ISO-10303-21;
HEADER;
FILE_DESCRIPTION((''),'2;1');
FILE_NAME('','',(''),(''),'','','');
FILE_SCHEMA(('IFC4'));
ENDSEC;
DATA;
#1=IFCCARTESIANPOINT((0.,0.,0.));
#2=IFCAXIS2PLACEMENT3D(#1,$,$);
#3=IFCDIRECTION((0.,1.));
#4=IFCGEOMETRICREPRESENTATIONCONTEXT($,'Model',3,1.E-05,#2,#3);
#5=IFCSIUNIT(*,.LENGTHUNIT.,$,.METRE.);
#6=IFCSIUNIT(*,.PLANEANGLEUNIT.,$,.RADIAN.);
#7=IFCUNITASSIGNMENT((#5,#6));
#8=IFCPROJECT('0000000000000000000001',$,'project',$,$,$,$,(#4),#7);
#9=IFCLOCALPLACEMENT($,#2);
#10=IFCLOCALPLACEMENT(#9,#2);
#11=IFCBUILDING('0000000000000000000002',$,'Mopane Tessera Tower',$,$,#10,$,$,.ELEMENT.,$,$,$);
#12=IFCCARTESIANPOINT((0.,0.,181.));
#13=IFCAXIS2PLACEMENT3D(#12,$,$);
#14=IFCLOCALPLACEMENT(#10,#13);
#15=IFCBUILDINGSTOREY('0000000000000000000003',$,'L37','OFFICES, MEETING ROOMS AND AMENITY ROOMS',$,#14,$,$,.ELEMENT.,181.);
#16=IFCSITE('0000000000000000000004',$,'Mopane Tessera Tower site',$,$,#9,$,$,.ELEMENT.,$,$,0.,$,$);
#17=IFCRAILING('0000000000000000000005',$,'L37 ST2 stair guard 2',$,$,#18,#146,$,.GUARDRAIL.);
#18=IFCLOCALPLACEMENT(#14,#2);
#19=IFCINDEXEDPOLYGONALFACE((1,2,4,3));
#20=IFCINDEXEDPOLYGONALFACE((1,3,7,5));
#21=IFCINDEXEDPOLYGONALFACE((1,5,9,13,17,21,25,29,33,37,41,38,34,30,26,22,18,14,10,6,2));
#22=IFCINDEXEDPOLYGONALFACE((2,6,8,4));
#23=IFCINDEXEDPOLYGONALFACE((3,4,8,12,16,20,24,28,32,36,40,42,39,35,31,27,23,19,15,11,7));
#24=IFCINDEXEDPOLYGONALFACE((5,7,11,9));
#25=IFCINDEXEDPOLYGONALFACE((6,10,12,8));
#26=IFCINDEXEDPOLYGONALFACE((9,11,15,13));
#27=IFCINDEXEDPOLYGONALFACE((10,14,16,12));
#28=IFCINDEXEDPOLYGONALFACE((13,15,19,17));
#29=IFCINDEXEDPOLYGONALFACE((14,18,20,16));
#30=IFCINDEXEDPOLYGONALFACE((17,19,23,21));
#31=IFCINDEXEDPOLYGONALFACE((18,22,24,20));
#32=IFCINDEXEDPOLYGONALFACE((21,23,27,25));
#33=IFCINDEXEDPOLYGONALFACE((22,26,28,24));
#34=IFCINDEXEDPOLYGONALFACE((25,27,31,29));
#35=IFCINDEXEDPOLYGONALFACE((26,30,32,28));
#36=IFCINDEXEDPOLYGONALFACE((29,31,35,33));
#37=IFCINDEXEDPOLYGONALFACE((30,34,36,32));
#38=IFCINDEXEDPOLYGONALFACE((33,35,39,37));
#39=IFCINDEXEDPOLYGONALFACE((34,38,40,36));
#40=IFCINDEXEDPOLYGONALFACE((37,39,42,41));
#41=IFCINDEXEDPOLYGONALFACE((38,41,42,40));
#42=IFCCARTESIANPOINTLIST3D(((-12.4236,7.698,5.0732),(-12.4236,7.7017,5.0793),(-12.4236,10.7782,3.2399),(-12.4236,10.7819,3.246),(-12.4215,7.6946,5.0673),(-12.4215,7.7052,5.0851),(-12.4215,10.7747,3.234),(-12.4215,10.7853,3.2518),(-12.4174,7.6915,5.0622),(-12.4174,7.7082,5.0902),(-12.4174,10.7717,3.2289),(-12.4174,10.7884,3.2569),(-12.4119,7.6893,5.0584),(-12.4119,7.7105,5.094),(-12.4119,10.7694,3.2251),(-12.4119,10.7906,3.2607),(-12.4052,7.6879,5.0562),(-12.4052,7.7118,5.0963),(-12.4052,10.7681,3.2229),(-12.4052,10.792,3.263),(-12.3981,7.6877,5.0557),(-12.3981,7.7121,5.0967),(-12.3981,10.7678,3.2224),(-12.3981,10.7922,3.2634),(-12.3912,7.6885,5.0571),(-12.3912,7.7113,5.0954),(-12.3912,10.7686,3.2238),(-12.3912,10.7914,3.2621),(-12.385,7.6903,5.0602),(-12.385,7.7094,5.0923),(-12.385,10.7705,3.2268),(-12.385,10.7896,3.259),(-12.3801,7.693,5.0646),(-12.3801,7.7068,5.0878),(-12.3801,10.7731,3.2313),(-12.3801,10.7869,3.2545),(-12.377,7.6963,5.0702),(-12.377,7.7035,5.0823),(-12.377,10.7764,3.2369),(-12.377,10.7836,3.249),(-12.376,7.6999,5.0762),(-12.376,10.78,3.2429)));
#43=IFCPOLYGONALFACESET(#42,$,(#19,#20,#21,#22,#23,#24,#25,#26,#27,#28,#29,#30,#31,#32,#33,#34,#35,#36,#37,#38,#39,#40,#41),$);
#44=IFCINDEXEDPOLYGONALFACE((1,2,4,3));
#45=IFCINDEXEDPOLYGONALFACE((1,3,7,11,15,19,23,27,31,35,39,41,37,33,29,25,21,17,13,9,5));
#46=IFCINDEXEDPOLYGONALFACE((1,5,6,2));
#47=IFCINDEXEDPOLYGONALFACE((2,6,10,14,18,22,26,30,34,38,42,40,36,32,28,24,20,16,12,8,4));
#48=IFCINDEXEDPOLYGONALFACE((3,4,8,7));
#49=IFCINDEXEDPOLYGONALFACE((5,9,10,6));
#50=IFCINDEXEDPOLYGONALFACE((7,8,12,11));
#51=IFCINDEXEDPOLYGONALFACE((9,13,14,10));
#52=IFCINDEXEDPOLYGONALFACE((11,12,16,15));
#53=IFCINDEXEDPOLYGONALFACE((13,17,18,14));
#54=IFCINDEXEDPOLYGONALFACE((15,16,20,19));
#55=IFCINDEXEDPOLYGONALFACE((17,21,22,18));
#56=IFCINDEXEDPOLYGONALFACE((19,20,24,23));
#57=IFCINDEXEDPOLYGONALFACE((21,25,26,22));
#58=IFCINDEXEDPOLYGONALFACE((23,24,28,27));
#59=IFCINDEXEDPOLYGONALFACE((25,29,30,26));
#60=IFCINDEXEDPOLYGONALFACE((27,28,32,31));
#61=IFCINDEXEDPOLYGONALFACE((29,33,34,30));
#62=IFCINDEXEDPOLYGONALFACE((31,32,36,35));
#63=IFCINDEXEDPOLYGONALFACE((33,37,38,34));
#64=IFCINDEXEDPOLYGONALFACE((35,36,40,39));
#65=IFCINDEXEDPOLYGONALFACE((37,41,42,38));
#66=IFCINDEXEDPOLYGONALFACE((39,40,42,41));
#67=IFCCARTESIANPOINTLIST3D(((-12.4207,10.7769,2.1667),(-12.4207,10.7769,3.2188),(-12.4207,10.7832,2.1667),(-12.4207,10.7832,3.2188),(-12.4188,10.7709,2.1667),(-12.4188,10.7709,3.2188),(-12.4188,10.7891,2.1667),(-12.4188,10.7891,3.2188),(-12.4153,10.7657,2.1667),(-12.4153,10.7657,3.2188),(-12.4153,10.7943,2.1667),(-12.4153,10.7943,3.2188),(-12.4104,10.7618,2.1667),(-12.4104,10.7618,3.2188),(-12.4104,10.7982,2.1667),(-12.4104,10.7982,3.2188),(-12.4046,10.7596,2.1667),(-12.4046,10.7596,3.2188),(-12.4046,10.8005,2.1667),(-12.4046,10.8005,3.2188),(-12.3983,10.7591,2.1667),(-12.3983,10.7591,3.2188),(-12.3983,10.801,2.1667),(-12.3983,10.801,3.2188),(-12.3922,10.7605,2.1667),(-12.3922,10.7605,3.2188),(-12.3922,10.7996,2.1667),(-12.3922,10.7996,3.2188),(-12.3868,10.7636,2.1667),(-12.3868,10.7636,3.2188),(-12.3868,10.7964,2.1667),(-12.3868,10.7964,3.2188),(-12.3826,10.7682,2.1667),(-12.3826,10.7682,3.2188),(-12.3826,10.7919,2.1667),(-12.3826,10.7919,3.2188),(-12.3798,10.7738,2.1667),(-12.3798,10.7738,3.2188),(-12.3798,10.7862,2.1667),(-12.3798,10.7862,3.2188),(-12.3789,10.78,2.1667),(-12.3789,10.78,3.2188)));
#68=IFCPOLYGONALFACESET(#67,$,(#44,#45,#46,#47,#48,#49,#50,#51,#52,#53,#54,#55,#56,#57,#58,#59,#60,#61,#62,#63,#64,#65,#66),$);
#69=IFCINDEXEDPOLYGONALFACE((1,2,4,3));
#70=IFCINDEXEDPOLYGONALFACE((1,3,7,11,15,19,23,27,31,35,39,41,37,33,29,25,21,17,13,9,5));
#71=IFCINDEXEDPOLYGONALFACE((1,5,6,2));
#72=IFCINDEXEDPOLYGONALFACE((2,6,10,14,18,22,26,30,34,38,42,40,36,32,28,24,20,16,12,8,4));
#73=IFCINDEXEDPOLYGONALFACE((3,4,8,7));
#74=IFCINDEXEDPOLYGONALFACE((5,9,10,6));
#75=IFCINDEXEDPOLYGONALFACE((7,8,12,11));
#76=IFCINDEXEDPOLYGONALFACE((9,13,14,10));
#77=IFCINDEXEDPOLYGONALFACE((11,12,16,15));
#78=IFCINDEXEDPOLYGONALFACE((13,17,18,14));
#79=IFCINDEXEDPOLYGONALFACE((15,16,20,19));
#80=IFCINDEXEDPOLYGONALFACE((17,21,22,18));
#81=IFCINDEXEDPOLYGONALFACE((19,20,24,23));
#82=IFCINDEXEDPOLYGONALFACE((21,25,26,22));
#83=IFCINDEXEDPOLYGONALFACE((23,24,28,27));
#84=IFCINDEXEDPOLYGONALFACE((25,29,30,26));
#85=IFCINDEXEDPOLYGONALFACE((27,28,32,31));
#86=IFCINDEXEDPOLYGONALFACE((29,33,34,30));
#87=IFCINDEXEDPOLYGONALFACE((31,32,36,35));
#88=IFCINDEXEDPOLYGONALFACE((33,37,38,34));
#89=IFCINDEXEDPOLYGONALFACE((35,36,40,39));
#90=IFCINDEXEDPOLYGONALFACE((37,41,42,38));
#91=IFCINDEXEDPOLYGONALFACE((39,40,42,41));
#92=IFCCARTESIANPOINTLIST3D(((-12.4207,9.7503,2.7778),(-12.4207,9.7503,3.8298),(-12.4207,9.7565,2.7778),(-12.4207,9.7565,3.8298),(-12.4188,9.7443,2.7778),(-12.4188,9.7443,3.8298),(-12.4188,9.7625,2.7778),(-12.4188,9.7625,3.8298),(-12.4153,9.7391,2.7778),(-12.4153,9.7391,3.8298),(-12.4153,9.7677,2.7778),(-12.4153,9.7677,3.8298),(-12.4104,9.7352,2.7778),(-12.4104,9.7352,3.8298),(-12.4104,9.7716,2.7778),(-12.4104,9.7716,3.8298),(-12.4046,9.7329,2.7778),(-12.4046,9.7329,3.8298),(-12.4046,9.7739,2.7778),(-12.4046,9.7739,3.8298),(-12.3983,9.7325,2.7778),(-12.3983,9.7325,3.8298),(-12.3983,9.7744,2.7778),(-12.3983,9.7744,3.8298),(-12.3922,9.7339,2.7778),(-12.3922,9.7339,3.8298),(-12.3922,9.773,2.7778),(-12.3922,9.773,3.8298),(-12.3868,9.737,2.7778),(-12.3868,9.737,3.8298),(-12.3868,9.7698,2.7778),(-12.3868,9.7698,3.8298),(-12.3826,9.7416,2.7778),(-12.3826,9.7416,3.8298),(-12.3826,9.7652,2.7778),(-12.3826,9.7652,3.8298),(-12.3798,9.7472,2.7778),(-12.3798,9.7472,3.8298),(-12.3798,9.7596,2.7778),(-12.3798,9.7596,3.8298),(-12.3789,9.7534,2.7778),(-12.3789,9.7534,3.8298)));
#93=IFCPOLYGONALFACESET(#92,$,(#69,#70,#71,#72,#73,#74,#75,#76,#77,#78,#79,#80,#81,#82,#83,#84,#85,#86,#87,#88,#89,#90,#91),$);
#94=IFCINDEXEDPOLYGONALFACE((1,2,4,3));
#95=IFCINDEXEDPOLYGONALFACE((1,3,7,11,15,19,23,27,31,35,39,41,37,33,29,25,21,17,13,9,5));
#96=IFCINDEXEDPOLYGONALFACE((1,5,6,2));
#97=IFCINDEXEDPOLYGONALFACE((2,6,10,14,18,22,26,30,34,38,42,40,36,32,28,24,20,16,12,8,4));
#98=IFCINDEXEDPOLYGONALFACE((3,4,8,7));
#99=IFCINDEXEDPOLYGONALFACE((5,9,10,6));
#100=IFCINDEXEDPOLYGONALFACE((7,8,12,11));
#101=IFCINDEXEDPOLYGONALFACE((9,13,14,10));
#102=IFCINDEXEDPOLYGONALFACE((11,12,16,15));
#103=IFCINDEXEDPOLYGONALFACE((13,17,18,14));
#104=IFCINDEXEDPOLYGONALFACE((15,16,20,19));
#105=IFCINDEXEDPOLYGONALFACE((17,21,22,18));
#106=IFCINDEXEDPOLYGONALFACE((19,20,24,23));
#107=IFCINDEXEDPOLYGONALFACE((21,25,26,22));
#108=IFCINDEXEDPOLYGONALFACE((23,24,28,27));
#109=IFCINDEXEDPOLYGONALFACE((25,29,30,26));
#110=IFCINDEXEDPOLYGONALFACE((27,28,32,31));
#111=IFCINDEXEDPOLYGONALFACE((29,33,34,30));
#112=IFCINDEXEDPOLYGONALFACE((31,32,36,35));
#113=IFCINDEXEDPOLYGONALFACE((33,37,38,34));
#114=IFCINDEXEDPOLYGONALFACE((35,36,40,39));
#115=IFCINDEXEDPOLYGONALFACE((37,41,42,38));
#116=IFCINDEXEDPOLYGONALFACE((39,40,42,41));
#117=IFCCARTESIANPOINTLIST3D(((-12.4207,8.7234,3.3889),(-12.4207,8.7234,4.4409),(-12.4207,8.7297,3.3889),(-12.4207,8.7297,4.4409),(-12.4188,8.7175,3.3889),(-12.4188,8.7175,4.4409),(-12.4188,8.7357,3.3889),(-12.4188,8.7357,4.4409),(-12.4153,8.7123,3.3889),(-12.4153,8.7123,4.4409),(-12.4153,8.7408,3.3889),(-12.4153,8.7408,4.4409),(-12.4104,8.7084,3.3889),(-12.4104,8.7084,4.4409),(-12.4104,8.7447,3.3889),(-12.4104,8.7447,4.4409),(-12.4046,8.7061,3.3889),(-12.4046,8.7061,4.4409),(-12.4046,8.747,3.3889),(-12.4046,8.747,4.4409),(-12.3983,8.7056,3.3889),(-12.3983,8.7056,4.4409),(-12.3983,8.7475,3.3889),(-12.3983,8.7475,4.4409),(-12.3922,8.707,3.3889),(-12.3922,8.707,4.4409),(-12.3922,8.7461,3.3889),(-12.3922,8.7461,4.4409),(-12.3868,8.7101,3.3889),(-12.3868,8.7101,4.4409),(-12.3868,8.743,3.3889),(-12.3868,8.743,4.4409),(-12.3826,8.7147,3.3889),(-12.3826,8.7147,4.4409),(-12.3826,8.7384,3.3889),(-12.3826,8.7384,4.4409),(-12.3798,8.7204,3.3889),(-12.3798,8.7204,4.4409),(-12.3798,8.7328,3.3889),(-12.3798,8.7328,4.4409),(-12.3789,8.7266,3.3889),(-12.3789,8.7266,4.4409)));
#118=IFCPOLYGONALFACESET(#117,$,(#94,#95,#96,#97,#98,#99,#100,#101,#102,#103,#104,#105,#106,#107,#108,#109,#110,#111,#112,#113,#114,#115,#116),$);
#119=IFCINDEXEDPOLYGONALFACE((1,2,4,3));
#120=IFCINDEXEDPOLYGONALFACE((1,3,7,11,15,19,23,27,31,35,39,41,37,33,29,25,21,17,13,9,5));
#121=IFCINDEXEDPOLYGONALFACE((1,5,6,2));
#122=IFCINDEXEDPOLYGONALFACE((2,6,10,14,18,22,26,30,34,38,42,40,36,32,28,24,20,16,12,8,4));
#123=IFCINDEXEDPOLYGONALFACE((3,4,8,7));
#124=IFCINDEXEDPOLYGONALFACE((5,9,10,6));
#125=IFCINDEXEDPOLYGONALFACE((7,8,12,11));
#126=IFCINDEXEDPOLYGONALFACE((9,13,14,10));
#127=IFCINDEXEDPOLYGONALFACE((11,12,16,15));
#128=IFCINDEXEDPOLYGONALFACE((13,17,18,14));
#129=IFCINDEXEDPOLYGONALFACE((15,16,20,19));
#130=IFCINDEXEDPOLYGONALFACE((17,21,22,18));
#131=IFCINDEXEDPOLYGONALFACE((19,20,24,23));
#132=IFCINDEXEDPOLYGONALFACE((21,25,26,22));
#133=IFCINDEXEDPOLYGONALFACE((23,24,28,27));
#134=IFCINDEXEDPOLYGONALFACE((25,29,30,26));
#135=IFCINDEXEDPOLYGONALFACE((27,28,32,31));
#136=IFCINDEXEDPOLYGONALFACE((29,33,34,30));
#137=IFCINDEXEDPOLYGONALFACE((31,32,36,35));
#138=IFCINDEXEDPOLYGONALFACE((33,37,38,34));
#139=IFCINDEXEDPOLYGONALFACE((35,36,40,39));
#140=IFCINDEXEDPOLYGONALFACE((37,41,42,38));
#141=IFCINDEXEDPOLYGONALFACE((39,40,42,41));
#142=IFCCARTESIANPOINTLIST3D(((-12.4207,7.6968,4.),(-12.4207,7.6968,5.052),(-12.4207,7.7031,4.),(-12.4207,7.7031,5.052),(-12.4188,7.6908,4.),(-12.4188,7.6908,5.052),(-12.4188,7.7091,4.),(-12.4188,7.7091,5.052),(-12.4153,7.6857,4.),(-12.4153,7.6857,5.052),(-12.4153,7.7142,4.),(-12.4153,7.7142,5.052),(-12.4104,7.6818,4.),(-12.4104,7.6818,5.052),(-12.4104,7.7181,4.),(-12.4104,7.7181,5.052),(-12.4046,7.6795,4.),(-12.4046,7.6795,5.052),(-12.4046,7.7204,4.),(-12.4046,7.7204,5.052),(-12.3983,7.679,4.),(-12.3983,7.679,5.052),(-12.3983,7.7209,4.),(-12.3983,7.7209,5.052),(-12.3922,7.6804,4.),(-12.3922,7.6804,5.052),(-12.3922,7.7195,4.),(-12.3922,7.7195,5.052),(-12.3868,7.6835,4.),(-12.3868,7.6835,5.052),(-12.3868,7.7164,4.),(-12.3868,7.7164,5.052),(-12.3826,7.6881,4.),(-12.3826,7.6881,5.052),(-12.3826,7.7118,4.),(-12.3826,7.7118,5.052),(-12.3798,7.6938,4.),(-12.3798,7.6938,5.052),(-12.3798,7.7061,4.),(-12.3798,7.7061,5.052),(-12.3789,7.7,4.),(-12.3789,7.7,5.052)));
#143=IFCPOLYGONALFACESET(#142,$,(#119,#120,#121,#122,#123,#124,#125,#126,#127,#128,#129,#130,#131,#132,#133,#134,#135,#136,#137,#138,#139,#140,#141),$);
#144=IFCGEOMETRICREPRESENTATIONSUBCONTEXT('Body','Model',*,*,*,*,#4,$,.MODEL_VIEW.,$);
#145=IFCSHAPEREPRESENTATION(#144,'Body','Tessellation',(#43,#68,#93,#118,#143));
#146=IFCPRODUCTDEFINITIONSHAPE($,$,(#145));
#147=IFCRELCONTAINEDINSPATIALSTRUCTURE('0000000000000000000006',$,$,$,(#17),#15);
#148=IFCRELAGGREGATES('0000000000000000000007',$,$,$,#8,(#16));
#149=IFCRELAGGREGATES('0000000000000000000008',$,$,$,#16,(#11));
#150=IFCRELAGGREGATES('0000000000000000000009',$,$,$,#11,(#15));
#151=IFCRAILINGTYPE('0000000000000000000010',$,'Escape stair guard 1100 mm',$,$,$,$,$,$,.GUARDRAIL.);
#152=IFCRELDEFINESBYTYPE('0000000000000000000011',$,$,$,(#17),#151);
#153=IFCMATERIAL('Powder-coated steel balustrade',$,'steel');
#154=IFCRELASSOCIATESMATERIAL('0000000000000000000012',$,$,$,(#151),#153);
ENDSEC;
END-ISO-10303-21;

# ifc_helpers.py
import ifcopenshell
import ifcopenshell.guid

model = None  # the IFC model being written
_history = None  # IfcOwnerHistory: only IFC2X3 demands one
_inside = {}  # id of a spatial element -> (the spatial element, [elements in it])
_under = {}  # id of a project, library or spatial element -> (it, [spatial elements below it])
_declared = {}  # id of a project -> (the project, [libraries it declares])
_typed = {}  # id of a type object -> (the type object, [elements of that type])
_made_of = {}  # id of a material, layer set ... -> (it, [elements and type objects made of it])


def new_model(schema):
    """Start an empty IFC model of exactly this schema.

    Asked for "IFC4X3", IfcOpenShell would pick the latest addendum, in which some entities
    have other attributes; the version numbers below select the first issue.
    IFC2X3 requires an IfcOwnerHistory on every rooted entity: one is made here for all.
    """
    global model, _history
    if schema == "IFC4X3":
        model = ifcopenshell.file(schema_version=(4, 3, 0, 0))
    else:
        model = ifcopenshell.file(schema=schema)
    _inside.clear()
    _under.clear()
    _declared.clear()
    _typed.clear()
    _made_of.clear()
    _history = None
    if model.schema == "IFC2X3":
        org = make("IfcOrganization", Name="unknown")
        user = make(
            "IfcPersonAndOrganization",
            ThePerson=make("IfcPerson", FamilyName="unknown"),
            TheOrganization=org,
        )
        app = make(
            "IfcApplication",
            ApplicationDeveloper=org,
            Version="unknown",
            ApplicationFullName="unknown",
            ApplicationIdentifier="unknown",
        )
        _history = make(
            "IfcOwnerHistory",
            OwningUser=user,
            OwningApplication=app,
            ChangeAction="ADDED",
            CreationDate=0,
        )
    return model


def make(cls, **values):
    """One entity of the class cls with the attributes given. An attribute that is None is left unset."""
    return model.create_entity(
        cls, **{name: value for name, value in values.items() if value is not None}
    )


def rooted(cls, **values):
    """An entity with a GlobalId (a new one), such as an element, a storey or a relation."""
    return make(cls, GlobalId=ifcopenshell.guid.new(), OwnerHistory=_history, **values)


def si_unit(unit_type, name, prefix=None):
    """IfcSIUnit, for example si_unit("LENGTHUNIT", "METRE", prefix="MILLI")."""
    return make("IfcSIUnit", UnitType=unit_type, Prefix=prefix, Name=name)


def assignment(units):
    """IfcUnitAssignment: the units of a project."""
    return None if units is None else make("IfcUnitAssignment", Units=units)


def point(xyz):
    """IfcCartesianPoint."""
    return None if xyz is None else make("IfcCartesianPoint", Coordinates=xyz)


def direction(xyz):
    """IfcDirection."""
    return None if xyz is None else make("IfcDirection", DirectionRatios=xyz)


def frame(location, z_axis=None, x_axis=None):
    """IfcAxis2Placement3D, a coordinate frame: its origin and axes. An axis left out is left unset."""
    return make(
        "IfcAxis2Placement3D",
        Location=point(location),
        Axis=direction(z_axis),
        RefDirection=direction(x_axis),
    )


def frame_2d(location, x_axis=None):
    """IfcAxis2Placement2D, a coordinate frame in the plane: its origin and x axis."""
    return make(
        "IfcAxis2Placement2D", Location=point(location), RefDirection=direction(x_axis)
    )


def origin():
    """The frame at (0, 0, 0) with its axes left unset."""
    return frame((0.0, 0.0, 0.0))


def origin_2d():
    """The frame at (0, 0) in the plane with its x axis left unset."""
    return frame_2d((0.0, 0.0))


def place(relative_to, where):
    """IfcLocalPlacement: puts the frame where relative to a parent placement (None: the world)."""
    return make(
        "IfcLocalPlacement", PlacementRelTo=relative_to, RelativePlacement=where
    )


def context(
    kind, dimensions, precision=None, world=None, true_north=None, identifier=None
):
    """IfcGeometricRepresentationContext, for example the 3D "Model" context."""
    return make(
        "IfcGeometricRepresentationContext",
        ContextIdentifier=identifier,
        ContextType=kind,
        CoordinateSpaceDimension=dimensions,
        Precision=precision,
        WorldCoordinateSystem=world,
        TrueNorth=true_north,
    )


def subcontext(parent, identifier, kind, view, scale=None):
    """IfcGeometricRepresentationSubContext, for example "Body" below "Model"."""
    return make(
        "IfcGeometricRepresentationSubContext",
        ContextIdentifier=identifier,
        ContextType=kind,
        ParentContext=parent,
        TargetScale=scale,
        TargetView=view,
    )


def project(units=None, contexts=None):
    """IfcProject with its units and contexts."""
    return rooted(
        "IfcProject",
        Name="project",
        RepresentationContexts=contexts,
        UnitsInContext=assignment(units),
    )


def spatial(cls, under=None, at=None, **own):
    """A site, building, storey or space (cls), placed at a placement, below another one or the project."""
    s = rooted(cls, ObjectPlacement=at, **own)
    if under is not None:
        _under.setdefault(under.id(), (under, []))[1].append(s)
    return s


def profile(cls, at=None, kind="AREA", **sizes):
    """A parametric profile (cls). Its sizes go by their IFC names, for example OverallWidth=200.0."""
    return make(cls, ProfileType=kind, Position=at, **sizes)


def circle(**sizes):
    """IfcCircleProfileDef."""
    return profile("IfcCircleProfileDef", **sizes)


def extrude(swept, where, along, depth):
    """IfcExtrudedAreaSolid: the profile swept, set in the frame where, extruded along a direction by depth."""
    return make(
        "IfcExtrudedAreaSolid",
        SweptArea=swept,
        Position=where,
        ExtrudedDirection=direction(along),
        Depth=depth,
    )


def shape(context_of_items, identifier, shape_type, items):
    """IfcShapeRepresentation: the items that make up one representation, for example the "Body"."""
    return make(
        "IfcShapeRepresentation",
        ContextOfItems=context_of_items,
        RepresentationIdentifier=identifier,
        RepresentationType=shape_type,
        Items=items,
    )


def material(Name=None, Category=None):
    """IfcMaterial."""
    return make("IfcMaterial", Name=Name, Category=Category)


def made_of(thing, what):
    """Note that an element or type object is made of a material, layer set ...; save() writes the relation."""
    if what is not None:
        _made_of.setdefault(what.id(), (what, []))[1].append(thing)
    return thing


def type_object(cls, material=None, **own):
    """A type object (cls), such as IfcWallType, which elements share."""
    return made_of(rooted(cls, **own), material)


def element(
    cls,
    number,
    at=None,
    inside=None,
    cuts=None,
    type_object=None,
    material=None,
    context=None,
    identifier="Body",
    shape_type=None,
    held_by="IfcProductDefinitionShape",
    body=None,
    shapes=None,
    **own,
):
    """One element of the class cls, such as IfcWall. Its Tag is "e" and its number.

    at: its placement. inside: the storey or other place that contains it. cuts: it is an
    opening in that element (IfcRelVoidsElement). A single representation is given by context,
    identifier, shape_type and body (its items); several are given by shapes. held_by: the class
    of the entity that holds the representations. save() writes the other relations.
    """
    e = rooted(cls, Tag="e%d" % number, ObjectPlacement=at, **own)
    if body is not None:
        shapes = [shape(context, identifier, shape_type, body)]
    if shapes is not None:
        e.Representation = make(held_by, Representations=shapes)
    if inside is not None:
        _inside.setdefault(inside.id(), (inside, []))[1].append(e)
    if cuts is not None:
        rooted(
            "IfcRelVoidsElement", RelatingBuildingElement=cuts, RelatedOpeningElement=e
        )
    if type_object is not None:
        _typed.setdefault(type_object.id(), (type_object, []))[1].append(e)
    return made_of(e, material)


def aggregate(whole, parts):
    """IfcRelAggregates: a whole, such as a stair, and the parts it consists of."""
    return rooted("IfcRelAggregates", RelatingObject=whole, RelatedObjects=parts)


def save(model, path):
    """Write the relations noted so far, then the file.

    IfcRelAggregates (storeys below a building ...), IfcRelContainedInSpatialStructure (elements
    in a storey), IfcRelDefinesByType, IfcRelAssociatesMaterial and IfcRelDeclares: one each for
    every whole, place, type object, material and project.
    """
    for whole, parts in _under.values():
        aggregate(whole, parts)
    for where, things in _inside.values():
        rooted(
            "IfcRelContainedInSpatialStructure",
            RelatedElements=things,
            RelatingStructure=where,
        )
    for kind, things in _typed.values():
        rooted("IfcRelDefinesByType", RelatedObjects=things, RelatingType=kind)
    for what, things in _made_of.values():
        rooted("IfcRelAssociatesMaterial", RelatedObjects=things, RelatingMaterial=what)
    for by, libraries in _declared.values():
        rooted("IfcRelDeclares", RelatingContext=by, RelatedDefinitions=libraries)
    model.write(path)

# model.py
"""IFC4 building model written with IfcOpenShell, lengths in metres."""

from ifc_helpers import new_model, si_unit, direction, frame, origin, origin_2d, place, context, subcontext, project, spatial, circle, extrude, material, type_object, element, save


model = new_model("IFC4")

# Units and contexts
model_context = context("Model", 3, precision=1e-05, world=origin(), true_north=direction((0.0, 1.0)))
body_context = subcontext(model_context, "Body", "Model", "MODEL_VIEW")
ifc_project = project(units=[si_unit("LENGTHUNIT", "METRE"), si_unit("PLANEANGLEUNIT", "RADIAN")], contexts=[model_context])

# Site, building, storey
site_placement = place(None, origin())
site = spatial("IfcSite", under=ifc_project, at=site_placement, Name="Mopane Tessera Tower site", CompositionType="ELEMENT", RefElevation=0.0)
building_placement = place(site_placement, origin())
building = spatial("IfcBuilding", under=site, at=building_placement, Name="Mopane Tessera Tower", CompositionType="ELEMENT")
storey_placement = place(building_placement, frame((0.0, 0.0, 181.0)))
storey = spatial("IfcBuildingStorey", under=building, at=storey_placement, Name="L37", Description="OFFICES, MEETING ROOMS AND AMENITY ROOMS", CompositionType="ELEMENT", Elevation=181.0)

# Railing
ifc_material_1 = material(Name="Powder-coated steel balustrade", Category="steel")
railing_type_1 = type_object("IfcRailingType", Name="Escape stair guard 1100 mm", PredefinedType="GUARDRAIL", material=ifc_material_1)
railing_1_placement = place(storey_placement, frame((-12.3999, 10.78, 2.1667)))
element("IfcRailing", 1, at=railing_1_placement, inside=storey, type_object=railing_type_1, Name="L37 ST2 stair guard 2", PredefinedType="GUARDRAIL", context=body_context, shape_type="SweptSolid", body=[
    extrude(circle(Radius=0.0239, at=origin_2d()), frame((0.0, 0.0, 1.0762), z_axis=(0.0, -0.859309, 0.511458), x_axis=(1.0, 0.0, 0.0)), (0.0, 0.0, 1.0), 3.5845),
    extrude(circle(Radius=0.021, at=origin_2d()), origin(), (0.0, 0.0, 1.0), 1.052),
    extrude(circle(Radius=0.021, at=origin_2d()), frame((0.0, -1.0266, 0.6111)), (0.0, 0.0, 1.0), 1.052),
    extrude(circle(Radius=0.021, at=origin_2d()), frame((0.0, -2.0535, 1.2222)), (0.0, 0.0, 1.0), 1.052),
    extrude(circle(Radius=0.021, at=origin_2d()), frame((0.0, -3.0801, 1.8333)), (0.0, 0.0, 1.0), 1.052),
])

save(model, "model.ifc")
